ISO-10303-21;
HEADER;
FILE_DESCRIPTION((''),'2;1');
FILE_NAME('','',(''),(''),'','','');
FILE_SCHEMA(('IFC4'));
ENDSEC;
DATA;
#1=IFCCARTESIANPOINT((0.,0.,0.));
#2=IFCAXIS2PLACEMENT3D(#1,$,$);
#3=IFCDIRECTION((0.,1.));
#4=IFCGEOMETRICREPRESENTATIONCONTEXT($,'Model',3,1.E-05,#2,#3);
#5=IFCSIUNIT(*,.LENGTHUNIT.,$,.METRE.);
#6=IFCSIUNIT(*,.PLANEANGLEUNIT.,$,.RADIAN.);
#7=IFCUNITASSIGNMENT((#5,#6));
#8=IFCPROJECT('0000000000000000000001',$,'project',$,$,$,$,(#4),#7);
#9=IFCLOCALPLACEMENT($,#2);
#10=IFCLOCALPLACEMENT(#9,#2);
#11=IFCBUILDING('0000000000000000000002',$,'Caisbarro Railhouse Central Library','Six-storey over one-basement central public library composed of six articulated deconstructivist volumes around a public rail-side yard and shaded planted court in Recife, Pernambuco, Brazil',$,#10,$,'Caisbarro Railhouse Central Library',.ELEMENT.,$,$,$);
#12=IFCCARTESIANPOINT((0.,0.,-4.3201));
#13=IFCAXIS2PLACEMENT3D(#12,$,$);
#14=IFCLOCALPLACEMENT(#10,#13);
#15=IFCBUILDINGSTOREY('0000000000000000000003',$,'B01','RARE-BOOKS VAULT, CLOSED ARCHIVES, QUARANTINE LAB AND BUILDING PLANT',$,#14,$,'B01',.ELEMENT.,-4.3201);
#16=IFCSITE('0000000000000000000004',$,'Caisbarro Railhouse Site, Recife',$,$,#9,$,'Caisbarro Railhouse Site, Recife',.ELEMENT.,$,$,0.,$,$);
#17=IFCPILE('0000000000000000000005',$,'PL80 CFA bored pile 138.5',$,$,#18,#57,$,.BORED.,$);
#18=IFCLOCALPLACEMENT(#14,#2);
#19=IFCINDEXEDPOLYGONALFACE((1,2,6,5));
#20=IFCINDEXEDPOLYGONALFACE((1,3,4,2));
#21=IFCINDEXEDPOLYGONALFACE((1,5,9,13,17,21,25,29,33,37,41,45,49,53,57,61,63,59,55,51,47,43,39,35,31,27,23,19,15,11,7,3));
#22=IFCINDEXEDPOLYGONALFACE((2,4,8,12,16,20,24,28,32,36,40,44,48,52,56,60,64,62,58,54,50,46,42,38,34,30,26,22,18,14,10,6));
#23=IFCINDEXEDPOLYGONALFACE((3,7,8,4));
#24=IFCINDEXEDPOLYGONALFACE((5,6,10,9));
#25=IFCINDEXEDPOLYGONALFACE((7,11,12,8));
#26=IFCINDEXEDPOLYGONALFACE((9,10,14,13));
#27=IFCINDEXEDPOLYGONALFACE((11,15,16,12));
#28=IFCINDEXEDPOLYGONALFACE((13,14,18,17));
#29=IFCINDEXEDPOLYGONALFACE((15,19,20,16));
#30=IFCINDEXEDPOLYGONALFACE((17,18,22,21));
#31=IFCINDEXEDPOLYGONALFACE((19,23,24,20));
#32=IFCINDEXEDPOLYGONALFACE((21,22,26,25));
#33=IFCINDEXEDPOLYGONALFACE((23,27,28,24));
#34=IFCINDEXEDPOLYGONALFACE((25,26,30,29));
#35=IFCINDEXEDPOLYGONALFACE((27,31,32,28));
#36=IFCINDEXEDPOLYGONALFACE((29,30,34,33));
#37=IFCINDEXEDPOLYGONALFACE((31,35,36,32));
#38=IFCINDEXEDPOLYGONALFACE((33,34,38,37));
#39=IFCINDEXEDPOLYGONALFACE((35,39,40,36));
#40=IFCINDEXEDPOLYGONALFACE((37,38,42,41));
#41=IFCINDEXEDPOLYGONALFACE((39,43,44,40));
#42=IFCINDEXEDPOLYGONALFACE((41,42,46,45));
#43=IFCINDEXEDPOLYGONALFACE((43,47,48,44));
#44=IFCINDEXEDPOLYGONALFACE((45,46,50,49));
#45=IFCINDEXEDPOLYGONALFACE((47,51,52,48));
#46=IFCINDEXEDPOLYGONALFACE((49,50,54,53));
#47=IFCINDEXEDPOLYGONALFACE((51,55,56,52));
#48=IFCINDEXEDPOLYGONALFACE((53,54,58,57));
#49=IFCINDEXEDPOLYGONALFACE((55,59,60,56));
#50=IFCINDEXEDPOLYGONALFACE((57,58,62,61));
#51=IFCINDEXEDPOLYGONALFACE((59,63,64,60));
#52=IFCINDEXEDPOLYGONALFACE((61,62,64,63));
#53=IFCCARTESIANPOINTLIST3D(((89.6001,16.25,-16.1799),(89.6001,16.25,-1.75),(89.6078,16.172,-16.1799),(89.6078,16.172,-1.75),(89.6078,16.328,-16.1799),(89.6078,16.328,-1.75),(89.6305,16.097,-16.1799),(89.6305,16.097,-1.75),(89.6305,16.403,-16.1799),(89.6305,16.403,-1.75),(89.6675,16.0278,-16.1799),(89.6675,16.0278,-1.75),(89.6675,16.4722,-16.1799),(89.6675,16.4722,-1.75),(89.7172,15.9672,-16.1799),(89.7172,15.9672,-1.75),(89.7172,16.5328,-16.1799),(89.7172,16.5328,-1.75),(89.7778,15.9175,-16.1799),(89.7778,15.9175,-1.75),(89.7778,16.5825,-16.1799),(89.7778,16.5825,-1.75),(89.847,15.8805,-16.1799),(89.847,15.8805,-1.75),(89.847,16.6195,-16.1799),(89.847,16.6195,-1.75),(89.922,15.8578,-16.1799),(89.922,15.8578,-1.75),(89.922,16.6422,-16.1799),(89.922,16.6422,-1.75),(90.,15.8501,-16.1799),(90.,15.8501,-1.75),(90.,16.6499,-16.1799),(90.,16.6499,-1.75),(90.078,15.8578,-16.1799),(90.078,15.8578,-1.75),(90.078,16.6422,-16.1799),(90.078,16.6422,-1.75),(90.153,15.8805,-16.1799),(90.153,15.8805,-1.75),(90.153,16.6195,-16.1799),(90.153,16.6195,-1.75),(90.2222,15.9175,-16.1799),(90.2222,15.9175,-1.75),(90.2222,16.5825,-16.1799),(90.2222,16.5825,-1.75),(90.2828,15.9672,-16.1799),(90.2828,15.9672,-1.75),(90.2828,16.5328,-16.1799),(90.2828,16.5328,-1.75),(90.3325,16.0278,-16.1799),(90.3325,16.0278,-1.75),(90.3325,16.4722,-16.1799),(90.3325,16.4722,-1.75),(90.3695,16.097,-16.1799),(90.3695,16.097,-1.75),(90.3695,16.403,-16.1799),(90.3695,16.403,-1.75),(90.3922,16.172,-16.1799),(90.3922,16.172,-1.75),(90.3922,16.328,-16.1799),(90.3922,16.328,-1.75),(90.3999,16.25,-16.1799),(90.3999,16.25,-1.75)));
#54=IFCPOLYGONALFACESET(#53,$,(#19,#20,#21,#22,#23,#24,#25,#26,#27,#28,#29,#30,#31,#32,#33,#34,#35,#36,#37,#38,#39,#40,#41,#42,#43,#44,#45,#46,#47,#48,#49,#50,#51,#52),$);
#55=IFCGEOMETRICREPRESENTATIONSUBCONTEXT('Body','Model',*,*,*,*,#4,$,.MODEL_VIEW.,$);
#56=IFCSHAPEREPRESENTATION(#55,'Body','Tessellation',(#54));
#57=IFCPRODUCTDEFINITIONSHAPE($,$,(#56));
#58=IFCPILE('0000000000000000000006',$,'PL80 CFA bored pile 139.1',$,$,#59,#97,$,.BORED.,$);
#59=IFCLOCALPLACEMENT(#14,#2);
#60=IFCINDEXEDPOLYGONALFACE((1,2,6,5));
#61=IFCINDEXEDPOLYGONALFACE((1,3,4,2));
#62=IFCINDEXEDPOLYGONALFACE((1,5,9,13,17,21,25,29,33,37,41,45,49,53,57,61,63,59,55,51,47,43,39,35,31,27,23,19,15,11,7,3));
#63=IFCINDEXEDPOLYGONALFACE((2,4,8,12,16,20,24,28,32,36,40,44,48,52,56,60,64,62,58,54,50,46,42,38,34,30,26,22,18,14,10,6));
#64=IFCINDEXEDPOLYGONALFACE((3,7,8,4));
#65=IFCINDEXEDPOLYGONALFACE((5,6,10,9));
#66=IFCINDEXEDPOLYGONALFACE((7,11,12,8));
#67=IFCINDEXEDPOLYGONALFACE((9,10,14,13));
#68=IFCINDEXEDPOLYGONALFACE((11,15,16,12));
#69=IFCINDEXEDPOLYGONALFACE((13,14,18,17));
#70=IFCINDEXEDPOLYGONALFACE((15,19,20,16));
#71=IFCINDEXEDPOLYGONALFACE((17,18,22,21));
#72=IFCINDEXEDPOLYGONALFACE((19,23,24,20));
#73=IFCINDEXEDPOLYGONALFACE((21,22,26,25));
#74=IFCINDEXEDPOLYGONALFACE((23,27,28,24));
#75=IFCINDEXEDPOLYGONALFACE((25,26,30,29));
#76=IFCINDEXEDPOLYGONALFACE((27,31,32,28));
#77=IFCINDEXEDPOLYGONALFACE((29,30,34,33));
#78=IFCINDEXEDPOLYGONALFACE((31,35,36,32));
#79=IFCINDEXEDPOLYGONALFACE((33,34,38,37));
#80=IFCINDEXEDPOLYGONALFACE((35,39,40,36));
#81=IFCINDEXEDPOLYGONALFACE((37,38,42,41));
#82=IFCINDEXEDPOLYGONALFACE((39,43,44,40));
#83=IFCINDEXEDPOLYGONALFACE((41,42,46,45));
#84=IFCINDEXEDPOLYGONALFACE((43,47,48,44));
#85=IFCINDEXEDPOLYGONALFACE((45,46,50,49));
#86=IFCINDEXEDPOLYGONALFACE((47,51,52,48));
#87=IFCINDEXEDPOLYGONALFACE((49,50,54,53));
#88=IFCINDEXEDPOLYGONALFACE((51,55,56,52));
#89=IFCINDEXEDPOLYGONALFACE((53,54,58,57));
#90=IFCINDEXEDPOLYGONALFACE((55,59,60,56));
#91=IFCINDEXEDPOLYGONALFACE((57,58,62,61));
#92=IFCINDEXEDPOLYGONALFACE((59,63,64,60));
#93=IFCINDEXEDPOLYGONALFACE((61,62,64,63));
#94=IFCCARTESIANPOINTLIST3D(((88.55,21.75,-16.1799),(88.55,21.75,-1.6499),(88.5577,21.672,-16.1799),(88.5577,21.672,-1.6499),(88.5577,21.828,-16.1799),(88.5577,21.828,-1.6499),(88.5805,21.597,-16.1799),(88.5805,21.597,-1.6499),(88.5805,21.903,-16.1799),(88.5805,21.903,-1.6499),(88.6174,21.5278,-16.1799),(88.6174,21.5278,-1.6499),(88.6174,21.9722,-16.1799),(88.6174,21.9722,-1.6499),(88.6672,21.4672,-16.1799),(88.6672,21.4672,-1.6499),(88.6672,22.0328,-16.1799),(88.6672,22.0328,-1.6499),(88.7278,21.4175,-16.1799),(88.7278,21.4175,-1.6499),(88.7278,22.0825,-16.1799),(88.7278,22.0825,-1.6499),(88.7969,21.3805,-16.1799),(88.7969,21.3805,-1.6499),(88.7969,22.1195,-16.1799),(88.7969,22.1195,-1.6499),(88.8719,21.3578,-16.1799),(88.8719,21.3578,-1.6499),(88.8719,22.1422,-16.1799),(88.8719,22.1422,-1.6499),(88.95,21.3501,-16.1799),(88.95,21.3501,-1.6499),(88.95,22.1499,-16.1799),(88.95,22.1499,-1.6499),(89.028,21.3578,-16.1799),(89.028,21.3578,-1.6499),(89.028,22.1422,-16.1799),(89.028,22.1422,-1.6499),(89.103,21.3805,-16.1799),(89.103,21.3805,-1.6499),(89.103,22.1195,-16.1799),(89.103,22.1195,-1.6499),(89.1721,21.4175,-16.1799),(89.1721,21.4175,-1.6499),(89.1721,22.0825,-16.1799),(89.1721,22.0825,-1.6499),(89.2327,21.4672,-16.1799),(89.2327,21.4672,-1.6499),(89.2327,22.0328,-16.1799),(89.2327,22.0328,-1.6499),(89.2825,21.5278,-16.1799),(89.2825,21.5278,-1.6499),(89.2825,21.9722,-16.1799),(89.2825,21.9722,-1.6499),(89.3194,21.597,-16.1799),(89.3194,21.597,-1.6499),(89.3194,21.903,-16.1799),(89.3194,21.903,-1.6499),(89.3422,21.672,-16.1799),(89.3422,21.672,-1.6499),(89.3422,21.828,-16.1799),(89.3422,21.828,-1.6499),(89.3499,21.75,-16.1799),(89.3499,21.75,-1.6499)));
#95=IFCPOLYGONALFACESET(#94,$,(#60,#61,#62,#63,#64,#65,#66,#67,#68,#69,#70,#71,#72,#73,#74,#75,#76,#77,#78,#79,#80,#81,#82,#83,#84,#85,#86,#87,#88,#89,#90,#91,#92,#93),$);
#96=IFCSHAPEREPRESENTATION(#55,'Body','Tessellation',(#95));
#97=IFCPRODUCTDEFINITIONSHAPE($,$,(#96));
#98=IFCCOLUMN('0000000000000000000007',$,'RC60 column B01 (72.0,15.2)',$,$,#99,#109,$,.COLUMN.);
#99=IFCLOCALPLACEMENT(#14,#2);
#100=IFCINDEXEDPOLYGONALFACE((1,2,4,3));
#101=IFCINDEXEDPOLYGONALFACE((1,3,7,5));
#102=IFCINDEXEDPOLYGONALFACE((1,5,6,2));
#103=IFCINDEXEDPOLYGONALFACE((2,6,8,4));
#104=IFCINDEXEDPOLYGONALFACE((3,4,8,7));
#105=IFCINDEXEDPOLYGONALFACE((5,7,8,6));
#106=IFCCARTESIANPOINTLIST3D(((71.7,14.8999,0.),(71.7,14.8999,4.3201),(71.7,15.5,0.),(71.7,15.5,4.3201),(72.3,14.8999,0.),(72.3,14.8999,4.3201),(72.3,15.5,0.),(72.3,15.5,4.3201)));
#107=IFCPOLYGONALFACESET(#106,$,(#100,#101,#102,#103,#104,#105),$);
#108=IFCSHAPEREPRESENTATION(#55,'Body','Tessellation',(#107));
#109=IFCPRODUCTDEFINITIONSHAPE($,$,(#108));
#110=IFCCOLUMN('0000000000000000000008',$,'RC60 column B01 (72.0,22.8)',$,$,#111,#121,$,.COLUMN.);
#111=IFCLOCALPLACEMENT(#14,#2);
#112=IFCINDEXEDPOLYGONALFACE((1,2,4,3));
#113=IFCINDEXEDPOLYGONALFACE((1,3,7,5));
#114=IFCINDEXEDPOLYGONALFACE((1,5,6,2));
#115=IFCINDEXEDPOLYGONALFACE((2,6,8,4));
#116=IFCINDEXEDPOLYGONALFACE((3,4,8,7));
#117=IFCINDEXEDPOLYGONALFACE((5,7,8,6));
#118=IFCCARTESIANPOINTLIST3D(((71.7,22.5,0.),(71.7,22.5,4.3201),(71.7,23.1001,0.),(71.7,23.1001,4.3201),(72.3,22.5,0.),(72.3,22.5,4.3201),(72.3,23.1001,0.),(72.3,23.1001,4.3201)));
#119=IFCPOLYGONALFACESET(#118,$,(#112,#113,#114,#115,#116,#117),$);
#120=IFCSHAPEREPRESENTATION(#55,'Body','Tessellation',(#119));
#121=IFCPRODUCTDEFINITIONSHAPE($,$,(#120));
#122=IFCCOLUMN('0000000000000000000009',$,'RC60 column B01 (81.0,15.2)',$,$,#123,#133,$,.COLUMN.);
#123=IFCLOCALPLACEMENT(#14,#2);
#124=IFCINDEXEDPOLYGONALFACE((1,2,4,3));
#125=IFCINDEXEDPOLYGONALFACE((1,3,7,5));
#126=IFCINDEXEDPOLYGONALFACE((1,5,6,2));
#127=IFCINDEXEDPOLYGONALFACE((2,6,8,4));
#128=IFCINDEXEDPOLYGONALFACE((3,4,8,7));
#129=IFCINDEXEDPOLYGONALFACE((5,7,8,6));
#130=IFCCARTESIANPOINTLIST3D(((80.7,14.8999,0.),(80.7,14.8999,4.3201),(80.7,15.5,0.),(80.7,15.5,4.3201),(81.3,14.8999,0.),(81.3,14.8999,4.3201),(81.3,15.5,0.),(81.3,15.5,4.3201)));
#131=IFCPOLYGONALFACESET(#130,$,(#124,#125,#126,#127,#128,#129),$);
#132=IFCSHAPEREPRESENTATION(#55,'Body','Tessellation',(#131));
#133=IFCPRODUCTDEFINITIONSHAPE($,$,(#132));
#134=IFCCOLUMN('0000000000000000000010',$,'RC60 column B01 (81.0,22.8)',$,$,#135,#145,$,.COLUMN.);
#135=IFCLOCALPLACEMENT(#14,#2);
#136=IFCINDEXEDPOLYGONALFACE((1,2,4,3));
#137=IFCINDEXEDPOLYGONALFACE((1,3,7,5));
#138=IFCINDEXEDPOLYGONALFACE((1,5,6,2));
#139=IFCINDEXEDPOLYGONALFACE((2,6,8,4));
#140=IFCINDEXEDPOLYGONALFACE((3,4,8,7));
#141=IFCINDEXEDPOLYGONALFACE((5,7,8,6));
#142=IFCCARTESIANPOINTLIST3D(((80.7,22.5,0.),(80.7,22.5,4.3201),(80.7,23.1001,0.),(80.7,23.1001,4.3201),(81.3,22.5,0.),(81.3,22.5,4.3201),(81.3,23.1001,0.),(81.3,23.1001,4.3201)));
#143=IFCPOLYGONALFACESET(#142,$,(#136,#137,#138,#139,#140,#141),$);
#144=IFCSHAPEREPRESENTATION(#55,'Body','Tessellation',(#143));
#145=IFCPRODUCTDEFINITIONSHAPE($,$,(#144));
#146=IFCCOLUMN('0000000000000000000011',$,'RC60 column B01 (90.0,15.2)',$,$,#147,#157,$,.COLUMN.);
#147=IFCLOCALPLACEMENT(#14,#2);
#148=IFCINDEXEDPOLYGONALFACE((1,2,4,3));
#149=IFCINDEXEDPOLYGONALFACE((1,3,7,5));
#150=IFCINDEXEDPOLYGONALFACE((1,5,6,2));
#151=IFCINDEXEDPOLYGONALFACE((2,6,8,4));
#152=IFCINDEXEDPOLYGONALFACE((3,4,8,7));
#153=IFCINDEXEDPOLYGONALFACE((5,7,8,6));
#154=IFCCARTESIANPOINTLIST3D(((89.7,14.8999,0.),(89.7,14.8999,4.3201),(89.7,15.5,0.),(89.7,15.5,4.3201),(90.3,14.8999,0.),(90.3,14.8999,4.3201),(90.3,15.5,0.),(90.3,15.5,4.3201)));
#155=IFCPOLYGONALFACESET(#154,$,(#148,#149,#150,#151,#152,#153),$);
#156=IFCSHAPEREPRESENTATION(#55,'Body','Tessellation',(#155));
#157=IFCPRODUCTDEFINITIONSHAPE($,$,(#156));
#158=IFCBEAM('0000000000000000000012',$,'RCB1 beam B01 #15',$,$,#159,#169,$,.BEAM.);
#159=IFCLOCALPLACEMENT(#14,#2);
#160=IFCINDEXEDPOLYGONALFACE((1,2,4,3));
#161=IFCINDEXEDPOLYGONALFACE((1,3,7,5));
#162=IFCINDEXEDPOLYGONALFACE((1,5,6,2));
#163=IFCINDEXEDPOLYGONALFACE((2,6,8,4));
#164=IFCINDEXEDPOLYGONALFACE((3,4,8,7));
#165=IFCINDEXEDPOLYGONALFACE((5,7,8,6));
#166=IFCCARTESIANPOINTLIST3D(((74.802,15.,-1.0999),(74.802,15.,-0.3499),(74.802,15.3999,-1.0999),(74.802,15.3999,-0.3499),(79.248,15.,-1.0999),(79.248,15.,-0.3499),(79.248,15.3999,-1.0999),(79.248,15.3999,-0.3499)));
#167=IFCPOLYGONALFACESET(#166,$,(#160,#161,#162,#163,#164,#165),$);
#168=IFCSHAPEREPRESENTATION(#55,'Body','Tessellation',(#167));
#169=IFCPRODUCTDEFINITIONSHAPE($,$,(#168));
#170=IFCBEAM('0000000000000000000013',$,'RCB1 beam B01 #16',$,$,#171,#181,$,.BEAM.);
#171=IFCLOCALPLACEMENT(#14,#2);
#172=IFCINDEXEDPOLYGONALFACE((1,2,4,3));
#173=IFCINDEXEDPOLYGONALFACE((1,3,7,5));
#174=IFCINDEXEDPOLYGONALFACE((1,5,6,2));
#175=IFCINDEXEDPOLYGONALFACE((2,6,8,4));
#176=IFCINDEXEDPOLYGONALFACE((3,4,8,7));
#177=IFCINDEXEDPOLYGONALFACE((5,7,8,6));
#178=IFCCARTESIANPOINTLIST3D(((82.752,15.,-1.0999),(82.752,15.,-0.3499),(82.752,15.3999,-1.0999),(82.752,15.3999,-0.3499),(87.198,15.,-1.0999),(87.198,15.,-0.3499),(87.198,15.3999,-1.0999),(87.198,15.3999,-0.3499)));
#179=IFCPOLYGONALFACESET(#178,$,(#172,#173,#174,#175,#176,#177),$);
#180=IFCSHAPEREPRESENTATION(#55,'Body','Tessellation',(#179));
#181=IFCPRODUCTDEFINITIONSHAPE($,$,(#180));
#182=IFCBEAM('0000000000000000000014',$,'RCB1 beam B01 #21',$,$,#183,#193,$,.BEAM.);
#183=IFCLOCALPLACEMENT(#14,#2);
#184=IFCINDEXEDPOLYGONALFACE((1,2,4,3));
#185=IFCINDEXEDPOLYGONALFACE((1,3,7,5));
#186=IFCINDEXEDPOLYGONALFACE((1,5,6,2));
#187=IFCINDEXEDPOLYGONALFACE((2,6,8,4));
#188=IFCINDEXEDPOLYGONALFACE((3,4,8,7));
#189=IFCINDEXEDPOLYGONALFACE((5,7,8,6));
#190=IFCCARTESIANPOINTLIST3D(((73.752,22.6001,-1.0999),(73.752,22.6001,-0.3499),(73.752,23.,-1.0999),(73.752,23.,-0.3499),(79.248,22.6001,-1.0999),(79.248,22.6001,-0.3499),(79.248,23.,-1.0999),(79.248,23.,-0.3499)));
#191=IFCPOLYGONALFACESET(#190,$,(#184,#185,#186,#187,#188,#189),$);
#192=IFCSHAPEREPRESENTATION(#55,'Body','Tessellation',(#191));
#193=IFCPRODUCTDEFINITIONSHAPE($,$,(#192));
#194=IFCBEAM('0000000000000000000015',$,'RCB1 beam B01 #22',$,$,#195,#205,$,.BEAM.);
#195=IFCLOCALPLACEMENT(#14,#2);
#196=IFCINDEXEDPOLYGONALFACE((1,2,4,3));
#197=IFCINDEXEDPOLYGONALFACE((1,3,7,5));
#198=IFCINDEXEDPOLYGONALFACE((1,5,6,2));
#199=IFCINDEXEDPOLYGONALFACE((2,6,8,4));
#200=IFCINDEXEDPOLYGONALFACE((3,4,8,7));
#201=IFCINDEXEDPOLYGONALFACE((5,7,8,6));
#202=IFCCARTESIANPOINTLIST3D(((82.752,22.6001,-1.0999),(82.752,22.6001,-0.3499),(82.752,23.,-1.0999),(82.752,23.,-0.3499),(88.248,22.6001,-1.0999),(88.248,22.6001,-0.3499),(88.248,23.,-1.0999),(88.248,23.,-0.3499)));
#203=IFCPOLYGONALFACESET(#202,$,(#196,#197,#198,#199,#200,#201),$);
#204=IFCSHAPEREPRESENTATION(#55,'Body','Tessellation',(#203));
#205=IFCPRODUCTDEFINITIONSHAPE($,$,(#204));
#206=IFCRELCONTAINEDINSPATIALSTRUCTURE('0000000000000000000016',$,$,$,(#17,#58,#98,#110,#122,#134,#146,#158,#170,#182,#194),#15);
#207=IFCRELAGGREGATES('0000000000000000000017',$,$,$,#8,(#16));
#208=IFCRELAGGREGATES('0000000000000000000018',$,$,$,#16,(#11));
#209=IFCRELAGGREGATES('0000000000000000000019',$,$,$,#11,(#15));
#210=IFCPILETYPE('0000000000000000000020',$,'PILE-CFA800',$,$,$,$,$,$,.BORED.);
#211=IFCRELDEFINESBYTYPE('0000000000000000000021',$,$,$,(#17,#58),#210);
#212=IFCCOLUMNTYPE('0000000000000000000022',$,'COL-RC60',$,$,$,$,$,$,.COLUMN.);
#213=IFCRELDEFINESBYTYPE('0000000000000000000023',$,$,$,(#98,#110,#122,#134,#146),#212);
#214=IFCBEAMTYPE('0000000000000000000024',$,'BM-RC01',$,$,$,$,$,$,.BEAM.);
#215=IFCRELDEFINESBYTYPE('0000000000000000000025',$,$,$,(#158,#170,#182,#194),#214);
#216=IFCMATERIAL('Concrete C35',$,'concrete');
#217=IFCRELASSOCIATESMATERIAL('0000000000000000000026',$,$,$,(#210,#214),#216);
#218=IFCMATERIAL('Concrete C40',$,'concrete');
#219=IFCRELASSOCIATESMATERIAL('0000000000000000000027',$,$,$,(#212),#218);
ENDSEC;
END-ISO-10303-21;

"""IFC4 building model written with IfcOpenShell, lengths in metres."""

from ifc_helpers import new_model, si_unit, direction, frame, origin, origin_2d, place, context, subcontext, project, spatial, rectangle, circle, extrude, material, material_profile, profile_set, type_object, element, save


model = new_model("IFC4")

# Units and contexts
model_context = context("Model", 3, precision=1e-05, world=origin(), true_north=direction((0.0, 1.0)))
body_context = subcontext(model_context, "Body", "Model", "MODEL_VIEW")
ifc_project = project(units=[si_unit("LENGTHUNIT", "METRE"), si_unit("PLANEANGLEUNIT", "RADIAN")], contexts=[model_context])

# Site, building, storey
site_placement = place(None, origin())
site = spatial("IfcSite", under=ifc_project, at=site_placement, Name="Caisbarro Railhouse Site, Recife", LongName="Caisbarro Railhouse Site, Recife", CompositionType="ELEMENT", RefElevation=0.0)
building_placement = place(site_placement, origin())
building = spatial("IfcBuilding", under=site, at=building_placement, Name="Caisbarro Railhouse Central Library", Description="Six-storey over one-basement central public library composed of six articulated deconstructivist volumes around a public rail-side yard and shaded planted court in Recife, Pernambuco, Brazil", LongName="Caisbarro Railhouse Central Library", CompositionType="ELEMENT")
storey_placement = place(building_placement, frame((0.0, 0.0, -4.3201)))
storey = spatial("IfcBuildingStorey", under=building, at=storey_placement, Name="B01", Description="RARE-BOOKS VAULT, CLOSED ARCHIVES, QUARANTINE LAB AND BUILDING PLANT", LongName="B01", CompositionType="ELEMENT", Elevation=-4.3201)

# Shared definitions
ifc_material_1 = material(Name="Concrete C40", Category="concrete")

# Piles
ifc_material_2 = material(Name="Concrete C35", Category="concrete")
ifc_material_profile_1 = material_profile(ifc_material_2, circle(Radius=0.3999, at=origin_2d()), Name="PILE-CFA-800")
ifc_profile_set_1 = profile_set([ifc_material_profile_1], Name="Concrete C35")
pile_type = type_object("IfcPileType", Name="PILE-CFA800", PredefinedType="BORED", material=ifc_profile_set_1)
for number, where, z_axis, x_axis, name in (
    (1, (90.0, 16.25, -1.75), (0.0, 0.0, -1.0), (1.0, 0.0, 0.0), "PL80 CFA bored pile 138.5"),
):
    element("IfcPile", number, at=place(storey_placement, frame(where, z_axis=z_axis, x_axis=x_axis)), inside=storey, type_object=pile_type, Name=name, PredefinedType="BORED", context=body_context, shape_type="SweptSolid", body=[
        extrude(circle(Radius=0.3999, at=origin_2d()), origin(), (0.0, 0.0, 1.0), 14.4299),
    ])
pile_1_placement = place(storey_placement, frame((88.95, 21.75, -1.6499), z_axis=(0.0, 0.0, -1.0), x_axis=(1.0, 0.0, 0.0)))
element("IfcPile", 2, at=pile_1_placement, inside=storey, type_object=pile_type, Name="PL80 CFA bored pile 139.1", PredefinedType="BORED", context=body_context, shape_type="SweptSolid", body=[
    extrude(circle(Radius=0.3999, at=origin_2d()), origin(), (0.0, 0.0, 1.0), 14.53),
])

# Columns
ifc_material_profile_2 = material_profile(ifc_material_1, rectangle(XDim=0.6001, YDim=0.6001, at=origin_2d()), Name="RC-COL-600X600")
ifc_profile_set_2 = profile_set([ifc_material_profile_2], Name="Concrete C40")
column_type = type_object("IfcColumnType", Name="COL-RC60", PredefinedType="COLUMN", material=ifc_profile_set_2)
for number, where, z_axis, x_axis, name in (
    (3, (72.0, 15.2, 0.0), (0.0, 0.0, 1.0), (1.0, 0.0, 0.0), "RC60 column B01 (72.0,15.2)"),
    (4, (72.0, 22.8, 0.0), (0.0, 0.0, 1.0), (1.0, 0.0, 0.0), "RC60 column B01 (72.0,22.8)"),
    (5, (81.0, 15.2, 0.0), (0.0, 0.0, 1.0), (1.0, 0.0, 0.0), "RC60 column B01 (81.0,15.2)"),
    (6, (81.0, 22.8, 0.0), (0.0, 0.0, 1.0), (1.0, 0.0, 0.0), "RC60 column B01 (81.0,22.8)"),
    (7, (90.0, 15.2, 0.0), (0.0, 0.0, 1.0), (1.0, 0.0, 0.0), "RC60 column B01 (90.0,15.2)"),
):
    element("IfcColumn", number, at=place(storey_placement, frame(where, z_axis=z_axis, x_axis=x_axis)), inside=storey, type_object=column_type, Name=name, PredefinedType="COLUMN", context=body_context, shape_type="SweptSolid", body=[
        extrude(rectangle(XDim=0.6001, YDim=0.6001, at=origin_2d()), origin(), (0.0, 0.0, 1.0), 4.3201),
    ])

# Beams
ifc_material_profile_3 = material_profile(ifc_material_2, rectangle(XDim=0.3999, YDim=0.75, at=origin_2d()), Name="RC-BM-400X750")
ifc_profile_set_3 = profile_set([ifc_material_profile_3], Name="Concrete C35")
beam_type_1 = type_object("IfcBeamType", Name="BM-RC01", PredefinedType="BEAM", material=ifc_profile_set_3)
for number, where, z_axis, x_axis, name in (
    (8, (74.802, 15.2, -0.7249), (1.0, 0.0, 0.0), (0.0, 1.0, 0.0), "RCB1 beam B01 #15"),
    (9, (82.752, 15.2, -0.7249), (1.0, 0.0, 0.0), (0.0, 1.0, 0.0), "RCB1 beam B01 #16"),
):
    element("IfcBeam", number, at=place(storey_placement, frame(where, z_axis=z_axis, x_axis=x_axis)), inside=storey, type_object=beam_type_1, Name=name, PredefinedType="BEAM", context=body_context, shape_type="SweptSolid", body=[
        extrude(rectangle(XDim=0.3999, YDim=0.75, at=origin_2d()), origin(), (0.0, 0.0, 1.0), 4.446),
    ])
for number, where, z_axis, x_axis, name in (
    (10, (73.752, 22.8, -0.7249), (1.0, 0.0, 0.0), (0.0, 1.0, 0.0), "RCB1 beam B01 #21"),
    (11, (82.752, 22.8, -0.7249), (1.0, 0.0, 0.0), (0.0, 1.0, 0.0), "RCB1 beam B01 #22"),
):
    element("IfcBeam", number, at=place(storey_placement, frame(where, z_axis=z_axis, x_axis=x_axis)), inside=storey, type_object=beam_type_1, Name=name, PredefinedType="BEAM", context=body_context, shape_type="SweptSolid", body=[
        extrude(rectangle(XDim=0.3999, YDim=0.75, at=origin_2d()), origin(), (0.0, 0.0, 1.0), 5.4961),
    ])

save(model, "model.ifc")
